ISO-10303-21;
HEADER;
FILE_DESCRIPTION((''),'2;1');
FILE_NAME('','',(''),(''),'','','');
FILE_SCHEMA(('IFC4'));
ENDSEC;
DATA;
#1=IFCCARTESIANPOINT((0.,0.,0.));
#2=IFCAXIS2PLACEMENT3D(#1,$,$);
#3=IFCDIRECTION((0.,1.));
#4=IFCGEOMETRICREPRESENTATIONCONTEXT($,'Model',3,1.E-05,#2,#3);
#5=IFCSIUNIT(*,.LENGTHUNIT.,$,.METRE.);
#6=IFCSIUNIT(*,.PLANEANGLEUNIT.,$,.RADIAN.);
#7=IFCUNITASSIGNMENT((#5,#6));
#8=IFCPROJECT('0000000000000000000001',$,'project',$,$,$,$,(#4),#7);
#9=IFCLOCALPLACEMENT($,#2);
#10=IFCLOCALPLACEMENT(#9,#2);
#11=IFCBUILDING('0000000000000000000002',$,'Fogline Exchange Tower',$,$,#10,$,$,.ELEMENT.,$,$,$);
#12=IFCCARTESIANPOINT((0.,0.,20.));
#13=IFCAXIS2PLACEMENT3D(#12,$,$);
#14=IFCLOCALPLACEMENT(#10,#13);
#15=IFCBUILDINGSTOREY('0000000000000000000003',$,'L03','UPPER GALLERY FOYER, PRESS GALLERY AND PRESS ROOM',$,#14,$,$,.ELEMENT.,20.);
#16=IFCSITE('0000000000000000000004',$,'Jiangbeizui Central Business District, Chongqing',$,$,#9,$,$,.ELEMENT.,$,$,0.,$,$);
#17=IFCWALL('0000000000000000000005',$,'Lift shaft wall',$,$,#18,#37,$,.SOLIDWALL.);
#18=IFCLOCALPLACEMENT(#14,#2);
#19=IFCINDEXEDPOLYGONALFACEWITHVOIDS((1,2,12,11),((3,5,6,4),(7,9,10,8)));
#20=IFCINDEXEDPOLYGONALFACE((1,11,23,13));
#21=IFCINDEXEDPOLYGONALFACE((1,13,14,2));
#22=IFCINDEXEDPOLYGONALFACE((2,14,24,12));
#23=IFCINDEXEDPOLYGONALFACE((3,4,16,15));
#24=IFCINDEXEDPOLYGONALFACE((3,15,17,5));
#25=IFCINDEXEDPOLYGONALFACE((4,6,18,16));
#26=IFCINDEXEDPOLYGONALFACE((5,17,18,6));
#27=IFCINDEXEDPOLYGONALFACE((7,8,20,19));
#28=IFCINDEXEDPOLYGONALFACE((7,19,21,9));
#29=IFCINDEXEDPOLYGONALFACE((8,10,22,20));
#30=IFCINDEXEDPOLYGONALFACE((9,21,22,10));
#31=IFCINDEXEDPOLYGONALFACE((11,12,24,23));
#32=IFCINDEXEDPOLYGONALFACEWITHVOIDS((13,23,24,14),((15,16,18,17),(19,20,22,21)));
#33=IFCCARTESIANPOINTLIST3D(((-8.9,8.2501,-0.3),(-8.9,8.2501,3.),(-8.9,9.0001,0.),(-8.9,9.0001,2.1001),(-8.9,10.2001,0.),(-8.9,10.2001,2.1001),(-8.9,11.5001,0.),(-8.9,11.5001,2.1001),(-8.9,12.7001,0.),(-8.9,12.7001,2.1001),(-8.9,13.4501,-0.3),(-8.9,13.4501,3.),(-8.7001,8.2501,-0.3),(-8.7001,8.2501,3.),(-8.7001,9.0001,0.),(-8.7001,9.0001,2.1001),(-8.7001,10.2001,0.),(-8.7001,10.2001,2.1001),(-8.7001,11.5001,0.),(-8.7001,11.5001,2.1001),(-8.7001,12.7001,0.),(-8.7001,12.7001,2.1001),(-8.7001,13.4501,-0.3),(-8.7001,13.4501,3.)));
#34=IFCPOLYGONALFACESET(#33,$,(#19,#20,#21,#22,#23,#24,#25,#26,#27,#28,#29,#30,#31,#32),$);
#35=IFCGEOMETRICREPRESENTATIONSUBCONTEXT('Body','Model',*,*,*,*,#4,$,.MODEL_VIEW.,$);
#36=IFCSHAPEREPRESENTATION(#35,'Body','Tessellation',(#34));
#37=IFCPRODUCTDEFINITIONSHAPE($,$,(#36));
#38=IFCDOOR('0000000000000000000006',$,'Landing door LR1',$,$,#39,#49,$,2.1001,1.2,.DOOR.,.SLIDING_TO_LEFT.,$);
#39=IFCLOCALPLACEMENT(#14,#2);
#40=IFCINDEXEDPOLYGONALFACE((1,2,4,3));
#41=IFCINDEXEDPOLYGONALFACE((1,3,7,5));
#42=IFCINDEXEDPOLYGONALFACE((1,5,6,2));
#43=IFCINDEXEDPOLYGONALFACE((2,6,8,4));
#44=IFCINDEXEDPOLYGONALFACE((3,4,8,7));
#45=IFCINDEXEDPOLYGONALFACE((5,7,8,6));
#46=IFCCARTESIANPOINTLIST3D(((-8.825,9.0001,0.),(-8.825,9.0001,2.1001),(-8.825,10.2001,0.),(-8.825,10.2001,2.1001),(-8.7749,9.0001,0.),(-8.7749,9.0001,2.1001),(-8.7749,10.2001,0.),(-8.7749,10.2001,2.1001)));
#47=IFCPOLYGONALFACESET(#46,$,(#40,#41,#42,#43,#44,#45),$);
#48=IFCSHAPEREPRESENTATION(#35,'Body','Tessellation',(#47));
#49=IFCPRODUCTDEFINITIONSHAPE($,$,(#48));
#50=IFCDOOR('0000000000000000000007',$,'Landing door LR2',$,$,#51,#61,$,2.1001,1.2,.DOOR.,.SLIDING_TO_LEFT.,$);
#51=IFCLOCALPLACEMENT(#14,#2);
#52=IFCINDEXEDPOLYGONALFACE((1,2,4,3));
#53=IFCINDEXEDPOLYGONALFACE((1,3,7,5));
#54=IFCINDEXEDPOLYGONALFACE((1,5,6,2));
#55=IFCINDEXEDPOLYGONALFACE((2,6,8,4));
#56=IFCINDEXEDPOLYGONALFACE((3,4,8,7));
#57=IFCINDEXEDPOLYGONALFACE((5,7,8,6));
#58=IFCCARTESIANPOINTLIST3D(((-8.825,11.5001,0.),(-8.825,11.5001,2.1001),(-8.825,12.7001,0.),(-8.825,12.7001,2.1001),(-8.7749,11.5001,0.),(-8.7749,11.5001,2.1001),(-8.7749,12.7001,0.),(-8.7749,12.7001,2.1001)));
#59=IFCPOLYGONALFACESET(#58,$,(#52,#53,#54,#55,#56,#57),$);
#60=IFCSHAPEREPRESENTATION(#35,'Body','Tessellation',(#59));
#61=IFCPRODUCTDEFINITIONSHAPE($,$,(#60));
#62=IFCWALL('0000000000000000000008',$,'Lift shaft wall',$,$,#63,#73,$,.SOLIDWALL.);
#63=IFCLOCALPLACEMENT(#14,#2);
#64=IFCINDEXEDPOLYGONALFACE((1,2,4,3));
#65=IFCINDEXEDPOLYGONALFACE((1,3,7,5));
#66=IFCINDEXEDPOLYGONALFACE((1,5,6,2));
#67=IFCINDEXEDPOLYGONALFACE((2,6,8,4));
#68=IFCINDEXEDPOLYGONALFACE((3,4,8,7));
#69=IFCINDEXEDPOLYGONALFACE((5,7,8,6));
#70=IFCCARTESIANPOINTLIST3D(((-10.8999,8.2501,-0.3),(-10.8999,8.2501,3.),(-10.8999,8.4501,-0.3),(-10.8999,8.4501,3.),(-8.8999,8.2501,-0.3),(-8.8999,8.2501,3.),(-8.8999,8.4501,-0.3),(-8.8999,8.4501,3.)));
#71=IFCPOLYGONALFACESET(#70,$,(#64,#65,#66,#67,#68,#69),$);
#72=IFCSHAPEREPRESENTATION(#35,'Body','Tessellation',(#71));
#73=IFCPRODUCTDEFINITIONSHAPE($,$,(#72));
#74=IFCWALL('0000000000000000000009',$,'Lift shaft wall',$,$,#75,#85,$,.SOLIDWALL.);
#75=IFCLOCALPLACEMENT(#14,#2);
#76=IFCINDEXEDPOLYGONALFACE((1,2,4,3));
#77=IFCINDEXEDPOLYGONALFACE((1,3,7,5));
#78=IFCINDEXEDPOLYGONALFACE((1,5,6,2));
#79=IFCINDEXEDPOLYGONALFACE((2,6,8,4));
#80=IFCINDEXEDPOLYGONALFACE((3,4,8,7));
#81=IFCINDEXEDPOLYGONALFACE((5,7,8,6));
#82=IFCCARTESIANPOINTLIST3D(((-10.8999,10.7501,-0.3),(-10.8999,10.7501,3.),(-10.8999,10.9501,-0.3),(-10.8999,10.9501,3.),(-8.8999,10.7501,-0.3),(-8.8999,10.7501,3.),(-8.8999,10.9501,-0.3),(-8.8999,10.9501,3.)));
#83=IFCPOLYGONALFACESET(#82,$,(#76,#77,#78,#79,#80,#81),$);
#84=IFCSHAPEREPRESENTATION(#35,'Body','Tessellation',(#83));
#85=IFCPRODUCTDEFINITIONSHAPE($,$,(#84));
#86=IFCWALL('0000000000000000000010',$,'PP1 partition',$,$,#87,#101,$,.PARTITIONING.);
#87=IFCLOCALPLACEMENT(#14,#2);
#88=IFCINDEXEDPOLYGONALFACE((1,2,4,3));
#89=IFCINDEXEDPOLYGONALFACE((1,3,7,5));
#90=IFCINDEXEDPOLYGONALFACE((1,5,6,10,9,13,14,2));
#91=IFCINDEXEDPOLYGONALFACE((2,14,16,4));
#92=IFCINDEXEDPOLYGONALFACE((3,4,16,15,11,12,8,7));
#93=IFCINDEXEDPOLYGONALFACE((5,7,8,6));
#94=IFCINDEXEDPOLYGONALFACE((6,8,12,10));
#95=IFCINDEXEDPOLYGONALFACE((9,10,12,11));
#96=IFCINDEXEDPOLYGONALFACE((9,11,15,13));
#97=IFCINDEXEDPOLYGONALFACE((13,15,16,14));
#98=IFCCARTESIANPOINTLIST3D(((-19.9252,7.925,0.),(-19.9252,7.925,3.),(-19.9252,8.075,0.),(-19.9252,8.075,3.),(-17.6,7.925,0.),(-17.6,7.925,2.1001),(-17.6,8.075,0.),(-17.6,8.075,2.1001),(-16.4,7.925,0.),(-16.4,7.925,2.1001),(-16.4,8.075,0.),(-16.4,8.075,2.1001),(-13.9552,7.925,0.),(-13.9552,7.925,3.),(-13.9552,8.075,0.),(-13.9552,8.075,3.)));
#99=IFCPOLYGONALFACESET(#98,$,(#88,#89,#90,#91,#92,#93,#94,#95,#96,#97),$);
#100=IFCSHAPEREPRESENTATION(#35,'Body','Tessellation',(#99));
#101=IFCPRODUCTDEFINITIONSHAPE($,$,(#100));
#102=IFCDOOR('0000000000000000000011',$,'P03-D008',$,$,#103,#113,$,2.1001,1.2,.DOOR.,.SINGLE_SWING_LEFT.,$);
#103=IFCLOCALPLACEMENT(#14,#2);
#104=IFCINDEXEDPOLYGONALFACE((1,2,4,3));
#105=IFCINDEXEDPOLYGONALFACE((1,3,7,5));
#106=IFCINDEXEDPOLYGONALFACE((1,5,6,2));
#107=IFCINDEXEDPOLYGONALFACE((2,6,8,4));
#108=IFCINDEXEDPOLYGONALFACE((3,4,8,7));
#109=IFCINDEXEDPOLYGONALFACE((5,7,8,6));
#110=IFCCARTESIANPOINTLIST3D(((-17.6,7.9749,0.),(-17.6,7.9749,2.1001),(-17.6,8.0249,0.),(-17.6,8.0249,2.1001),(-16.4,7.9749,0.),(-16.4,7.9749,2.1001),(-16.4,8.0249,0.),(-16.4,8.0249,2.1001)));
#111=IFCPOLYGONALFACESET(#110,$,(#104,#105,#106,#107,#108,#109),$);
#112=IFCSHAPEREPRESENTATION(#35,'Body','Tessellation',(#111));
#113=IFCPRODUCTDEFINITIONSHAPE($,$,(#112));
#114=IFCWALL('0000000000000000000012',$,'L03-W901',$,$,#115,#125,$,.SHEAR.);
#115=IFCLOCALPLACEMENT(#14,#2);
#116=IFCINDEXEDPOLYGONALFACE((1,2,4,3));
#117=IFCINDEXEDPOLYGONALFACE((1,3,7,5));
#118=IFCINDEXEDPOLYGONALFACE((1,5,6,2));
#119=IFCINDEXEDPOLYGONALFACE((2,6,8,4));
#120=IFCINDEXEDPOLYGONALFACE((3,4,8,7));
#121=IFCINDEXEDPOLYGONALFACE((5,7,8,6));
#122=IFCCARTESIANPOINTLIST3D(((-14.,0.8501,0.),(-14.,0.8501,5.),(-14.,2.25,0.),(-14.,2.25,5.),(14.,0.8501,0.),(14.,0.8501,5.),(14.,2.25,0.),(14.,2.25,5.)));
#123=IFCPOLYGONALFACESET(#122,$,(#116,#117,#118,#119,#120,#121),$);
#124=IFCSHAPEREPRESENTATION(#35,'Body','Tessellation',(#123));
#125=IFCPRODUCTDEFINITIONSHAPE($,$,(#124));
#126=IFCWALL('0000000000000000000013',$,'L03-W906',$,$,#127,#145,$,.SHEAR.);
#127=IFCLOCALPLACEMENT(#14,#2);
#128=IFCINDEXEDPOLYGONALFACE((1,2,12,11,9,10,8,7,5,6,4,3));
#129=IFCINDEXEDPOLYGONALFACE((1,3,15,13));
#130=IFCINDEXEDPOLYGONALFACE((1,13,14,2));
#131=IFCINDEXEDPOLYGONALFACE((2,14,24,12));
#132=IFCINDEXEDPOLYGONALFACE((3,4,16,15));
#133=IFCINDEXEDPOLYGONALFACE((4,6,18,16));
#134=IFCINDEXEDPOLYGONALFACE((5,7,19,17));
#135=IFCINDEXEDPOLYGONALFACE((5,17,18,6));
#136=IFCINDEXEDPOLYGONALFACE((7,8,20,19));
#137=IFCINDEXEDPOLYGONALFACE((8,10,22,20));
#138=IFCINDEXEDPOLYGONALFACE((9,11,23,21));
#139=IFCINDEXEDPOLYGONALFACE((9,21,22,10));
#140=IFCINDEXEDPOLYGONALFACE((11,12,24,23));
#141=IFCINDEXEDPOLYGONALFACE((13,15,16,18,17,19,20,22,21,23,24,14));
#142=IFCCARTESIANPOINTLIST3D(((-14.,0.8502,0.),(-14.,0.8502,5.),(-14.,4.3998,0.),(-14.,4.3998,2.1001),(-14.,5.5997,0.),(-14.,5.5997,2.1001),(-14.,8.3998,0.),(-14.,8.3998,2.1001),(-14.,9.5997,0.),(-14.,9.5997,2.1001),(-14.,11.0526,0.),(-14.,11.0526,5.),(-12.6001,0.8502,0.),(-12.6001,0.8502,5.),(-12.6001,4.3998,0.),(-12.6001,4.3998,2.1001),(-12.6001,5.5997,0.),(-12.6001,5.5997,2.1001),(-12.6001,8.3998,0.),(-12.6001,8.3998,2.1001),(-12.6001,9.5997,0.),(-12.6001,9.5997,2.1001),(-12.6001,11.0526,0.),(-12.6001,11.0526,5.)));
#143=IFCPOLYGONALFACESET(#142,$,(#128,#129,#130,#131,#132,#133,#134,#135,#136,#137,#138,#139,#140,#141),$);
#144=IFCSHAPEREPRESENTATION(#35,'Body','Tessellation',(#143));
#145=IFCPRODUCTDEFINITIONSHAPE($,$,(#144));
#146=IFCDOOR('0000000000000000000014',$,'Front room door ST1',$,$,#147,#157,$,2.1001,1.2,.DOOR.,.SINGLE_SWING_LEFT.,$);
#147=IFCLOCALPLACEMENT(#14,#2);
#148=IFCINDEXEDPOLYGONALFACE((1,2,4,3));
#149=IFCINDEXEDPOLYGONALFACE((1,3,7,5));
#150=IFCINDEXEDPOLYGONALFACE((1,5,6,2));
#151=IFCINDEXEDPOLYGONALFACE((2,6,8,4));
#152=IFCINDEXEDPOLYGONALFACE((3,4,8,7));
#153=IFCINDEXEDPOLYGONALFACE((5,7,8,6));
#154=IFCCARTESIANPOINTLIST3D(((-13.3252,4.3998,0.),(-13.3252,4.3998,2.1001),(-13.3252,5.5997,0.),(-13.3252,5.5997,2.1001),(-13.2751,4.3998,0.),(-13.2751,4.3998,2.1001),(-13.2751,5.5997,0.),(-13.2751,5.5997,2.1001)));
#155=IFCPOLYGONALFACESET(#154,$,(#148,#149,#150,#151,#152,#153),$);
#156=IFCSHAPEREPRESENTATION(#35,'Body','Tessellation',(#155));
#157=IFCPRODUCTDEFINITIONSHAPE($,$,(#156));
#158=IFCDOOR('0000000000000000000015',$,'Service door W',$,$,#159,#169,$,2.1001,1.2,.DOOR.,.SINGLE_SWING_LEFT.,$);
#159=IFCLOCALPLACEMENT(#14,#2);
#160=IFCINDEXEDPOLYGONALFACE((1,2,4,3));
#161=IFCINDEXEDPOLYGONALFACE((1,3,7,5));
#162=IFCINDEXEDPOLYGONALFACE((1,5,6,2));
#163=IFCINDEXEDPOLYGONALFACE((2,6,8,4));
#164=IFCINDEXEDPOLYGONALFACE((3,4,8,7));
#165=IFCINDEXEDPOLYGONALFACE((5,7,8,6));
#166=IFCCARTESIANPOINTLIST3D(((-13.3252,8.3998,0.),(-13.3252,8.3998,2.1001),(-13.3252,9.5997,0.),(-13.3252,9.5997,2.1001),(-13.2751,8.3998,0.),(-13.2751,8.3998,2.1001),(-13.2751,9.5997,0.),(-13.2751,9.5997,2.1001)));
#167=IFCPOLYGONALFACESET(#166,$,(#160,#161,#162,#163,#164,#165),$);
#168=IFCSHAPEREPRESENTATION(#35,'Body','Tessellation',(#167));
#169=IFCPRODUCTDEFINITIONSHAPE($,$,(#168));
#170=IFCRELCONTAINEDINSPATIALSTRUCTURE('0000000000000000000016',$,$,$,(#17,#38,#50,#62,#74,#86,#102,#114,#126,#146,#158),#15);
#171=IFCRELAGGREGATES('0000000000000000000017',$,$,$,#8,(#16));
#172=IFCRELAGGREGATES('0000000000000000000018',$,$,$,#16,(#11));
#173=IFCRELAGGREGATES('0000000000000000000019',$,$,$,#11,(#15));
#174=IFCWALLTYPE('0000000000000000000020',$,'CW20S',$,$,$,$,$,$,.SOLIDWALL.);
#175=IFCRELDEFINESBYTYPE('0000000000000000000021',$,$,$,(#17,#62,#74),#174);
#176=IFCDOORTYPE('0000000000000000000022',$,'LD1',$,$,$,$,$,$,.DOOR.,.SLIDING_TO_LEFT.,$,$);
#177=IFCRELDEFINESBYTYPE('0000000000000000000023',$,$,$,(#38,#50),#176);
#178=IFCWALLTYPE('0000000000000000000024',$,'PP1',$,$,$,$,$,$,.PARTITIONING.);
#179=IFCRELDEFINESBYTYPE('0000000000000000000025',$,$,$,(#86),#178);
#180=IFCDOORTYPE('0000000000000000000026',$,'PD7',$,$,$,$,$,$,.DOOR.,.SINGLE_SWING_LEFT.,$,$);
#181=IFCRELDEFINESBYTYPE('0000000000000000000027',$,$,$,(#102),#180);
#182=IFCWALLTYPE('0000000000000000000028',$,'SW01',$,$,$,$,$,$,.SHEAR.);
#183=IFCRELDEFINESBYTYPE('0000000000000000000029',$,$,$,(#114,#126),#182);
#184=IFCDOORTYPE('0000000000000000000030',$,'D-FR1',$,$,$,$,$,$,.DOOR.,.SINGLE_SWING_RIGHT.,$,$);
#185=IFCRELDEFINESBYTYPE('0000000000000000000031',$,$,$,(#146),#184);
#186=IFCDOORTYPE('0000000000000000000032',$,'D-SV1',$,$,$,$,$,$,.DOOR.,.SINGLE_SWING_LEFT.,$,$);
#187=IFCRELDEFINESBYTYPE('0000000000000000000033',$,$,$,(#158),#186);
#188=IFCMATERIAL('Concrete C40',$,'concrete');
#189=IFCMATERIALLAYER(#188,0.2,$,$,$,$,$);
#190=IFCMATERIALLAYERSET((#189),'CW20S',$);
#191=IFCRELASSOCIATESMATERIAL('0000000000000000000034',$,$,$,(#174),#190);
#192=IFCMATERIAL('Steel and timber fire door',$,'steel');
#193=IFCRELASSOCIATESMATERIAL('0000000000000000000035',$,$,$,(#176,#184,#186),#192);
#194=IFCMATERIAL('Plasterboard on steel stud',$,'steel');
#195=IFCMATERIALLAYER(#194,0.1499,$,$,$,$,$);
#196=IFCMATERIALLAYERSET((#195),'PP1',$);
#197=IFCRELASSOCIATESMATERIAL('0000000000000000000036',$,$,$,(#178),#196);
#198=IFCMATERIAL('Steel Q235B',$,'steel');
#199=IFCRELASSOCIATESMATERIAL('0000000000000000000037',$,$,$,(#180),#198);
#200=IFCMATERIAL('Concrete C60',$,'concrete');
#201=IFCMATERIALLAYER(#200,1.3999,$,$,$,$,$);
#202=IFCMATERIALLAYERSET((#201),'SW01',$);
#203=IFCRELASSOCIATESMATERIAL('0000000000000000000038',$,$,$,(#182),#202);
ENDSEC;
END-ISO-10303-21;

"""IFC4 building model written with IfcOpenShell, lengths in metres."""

from ifc_helpers import new_model, si_unit, direction, frame, frame_2d, origin, place, context, subcontext, project, spatial, rectangle, extrude, material, layer, layer_set, type_object, element, fill, save


model = new_model("IFC4")

# Units and contexts
model_context = context("Model", 3, precision=1e-05, world=origin(), true_north=direction((0.0, 1.0)))
body_context = subcontext(model_context, "Body", "Model", "MODEL_VIEW")
ifc_project = project(units=[si_unit("LENGTHUNIT", "METRE"), si_unit("PLANEANGLEUNIT", "RADIAN")], contexts=[model_context])

# Site, building, storey
site_placement = place(None, origin())
site = spatial("IfcSite", under=ifc_project, at=site_placement, Name="Jiangbeizui Central Business District, Chongqing", CompositionType="ELEMENT", RefElevation=0.0)
building_placement = place(site_placement, origin())
building = spatial("IfcBuilding", under=site, at=building_placement, Name="Fogline Exchange Tower", CompositionType="ELEMENT")
storey_placement = place(building_placement, frame((0.0, 0.0, 20.0)))
storey = spatial("IfcBuildingStorey", under=building, at=storey_placement, Name="L03", Description="UPPER GALLERY FOYER, PRESS GALLERY AND PRESS ROOM", CompositionType="ELEMENT", Elevation=20.0)

# Shared definitions
ifc_material_1 = material(Name="Steel and timber fire door", Category="steel")

# Shared definitions
ifc_material_2 = material(Name="Concrete C40", Category="concrete")

# Wall, openings, doors
ifc_layer_1 = layer(ifc_material_2, 0.2)
ifc_layer_set_1 = layer_set([ifc_layer_1], Name="CW20S")
wall_type_1 = type_object("IfcWallType", Name="CW20S", PredefinedType="SOLIDWALL", material=ifc_layer_set_1)
wall_1_placement = place(storey_placement, frame((-8.8, 8.25, -0.3), z_axis=(0.0, 0.0, 1.0), x_axis=(0.0, 1.0, 0.0)))
wall_1 = element("IfcWall", 1, at=wall_1_placement, inside=storey, type_object=wall_type_1, Name="Lift shaft wall", PredefinedType="SOLIDWALL", context=body_context, shape_type="SweptSolid", body=[
    extrude(rectangle(XDim=5.2, YDim=0.2, at=frame_2d((2.6001, 0.0))), origin(), (0.0, 0.0, 1.0), 3.3),
])
opening_1_placement = place(wall_1_placement, frame((0.75, 0.0, 0.3)))
opening_1 = element("IfcOpeningElement", 2, at=opening_1_placement, cuts=wall_1, PredefinedType="OPENING", context=body_context, shape_type="SweptSolid", body=[
    extrude(rectangle(XDim=1.2, YDim=2.1001, at=frame_2d((0.6001, 1.05))), frame((0.0, 0.1099, 0.0), z_axis=(0.0, -1.0, 0.0), x_axis=(1.0, 0.0, 0.0)), (0.0, 0.0, 1.0), 0.22),
])
opening_2_placement = place(wall_1_placement, frame((3.25, 0.0, 0.3)))
opening_2 = element("IfcOpeningElement", 3, at=opening_2_placement, cuts=wall_1, PredefinedType="OPENING", context=body_context, shape_type="SweptSolid", body=[
    extrude(rectangle(XDim=1.2, YDim=2.1001, at=frame_2d((0.6001, 1.05))), frame((0.0, 0.1099, 0.0), z_axis=(0.0, -1.0, 0.0), x_axis=(1.0, 0.0, 0.0)), (0.0, 0.0, 1.0), 0.22),
])
door_type_1 = type_object("IfcDoorType", Name="LD1", OperationType="SLIDING_TO_LEFT", PredefinedType="DOOR", material=ifc_material_1)
door_1_placement = place(opening_1_placement, origin())
door_1 = element("IfcDoor", 4, at=door_1_placement, inside=storey, type_object=door_type_1, Name="Landing door LR1", OperationType="SLIDING_TO_LEFT", OverallHeight=2.1001, OverallWidth=1.2, PredefinedType="DOOR", context=body_context, shape_type="SweptSolid", body=[
    extrude(rectangle(XDim=1.2, YDim=2.1001, at=frame_2d((0.6001, 1.05))), frame((0.0, 0.0249, 0.0), z_axis=(0.0, -1.0, 0.0), x_axis=(1.0, 0.0, 0.0)), (0.0, 0.0, 1.0), 0.05),
])
fill(opening_1, door_1)
door_2_placement = place(opening_2_placement, origin())
door_2 = element("IfcDoor", 5, at=door_2_placement, inside=storey, type_object=door_type_1, Name="Landing door LR2", OperationType="SLIDING_TO_LEFT", OverallHeight=2.1001, OverallWidth=1.2, PredefinedType="DOOR", context=body_context, shape_type="SweptSolid", body=[
    extrude(rectangle(XDim=1.2, YDim=2.1001, at=frame_2d((0.6001, 1.05))), frame((0.0, 0.0249, 0.0), z_axis=(0.0, -1.0, 0.0), x_axis=(1.0, 0.0, 0.0)), (0.0, 0.0, 1.0), 0.05),
])
fill(opening_2, door_2)

# Walls
for number, where, z_axis, x_axis, name in (
    (6, (-10.8999, 8.3501, -0.3), (0.0, 0.0, 1.0), (1.0, 0.0, 0.0), "Lift shaft wall"),
    (7, (-10.8999, 10.8501, -0.3), (0.0, 0.0, 1.0), (1.0, 0.0, 0.0), "Lift shaft wall"),
):
    element("IfcWall", number, at=place(storey_placement, frame(where, z_axis=z_axis, x_axis=x_axis)), inside=storey, type_object=wall_type_1, Name=name, PredefinedType="SOLIDWALL", context=body_context, shape_type="SweptSolid", body=[
        extrude(rectangle(XDim=2.0, YDim=0.2, at=frame_2d((1.0, 0.0))), origin(), (0.0, 0.0, 1.0), 3.3),
    ])

# Wall, opening, door
ifc_material_3 = material(Name="Plasterboard on steel stud", Category="steel")
ifc_layer_2 = layer(ifc_material_3, 0.1499)
ifc_layer_set_2 = layer_set([ifc_layer_2], Name="PP1")
wall_type_2 = type_object("IfcWallType", Name="PP1", PredefinedType="PARTITIONING", material=ifc_layer_set_2)
wall_2_placement = place(storey_placement, frame((-19.925, 8.0, 0.0), z_axis=(0.0, 0.0, 1.0), x_axis=(1.0, 0.0, 0.0)))
wall_2 = element("IfcWall", 8, at=wall_2_placement, inside=storey, type_object=wall_type_2, Name="PP1 partition", PredefinedType="PARTITIONING", context=body_context, shape_type="SweptSolid", body=[
    extrude(rectangle(XDim=5.97, YDim=0.1499, at=frame_2d((2.9849, 0.0))), origin(), (0.0, 0.0, 1.0), 3.0),
])
opening_3_placement = place(wall_2_placement, frame((2.325, 0.0, 0.0)))
opening_3 = element("IfcOpeningElement", 9, at=opening_3_placement, cuts=wall_2, PredefinedType="OPENING", context=body_context, shape_type="SweptSolid", body=[
    extrude(rectangle(XDim=1.2, YDim=2.1001, at=frame_2d((0.6001, 1.05))), frame((0.0, 0.085, 0.0), z_axis=(0.0, -1.0, 0.0), x_axis=(1.0, 0.0, 0.0)), (0.0, 0.0, 1.0), 0.1699),
])
ifc_material_4 = material(Name="Steel Q235B", Category="steel")
door_type_2 = type_object("IfcDoorType", Name="PD7", OperationType="SINGLE_SWING_LEFT", PredefinedType="DOOR", material=ifc_material_4)
door_3_placement = place(opening_3_placement, origin())
door_3 = element("IfcDoor", 10, at=door_3_placement, inside=storey, type_object=door_type_2, Name="P03-D008", OperationType="SINGLE_SWING_LEFT", OverallHeight=2.1001, OverallWidth=1.2, PredefinedType="DOOR", context=body_context, shape_type="SweptSolid", body=[
    extrude(rectangle(XDim=1.2, YDim=2.1001, at=frame_2d((0.6001, 1.05))), frame((0.0, 0.0249, 0.0), z_axis=(0.0, -1.0, 0.0), x_axis=(1.0, 0.0, 0.0)), (0.0, 0.0, 1.0), 0.05),
])
fill(opening_3, door_3)

# Wall
ifc_material_5 = material(Name="Concrete C60", Category="concrete")
ifc_layer_3 = layer(ifc_material_5, 1.3999)
ifc_layer_set_3 = layer_set([ifc_layer_3], Name="SW01")
wall_type_3 = type_object("IfcWallType", Name="SW01", PredefinedType="SHEAR", material=ifc_layer_set_3)
wall_3_placement = place(storey_placement, frame((-14.0, 1.55, 0.0), z_axis=(0.0, 0.0, 1.0), x_axis=(1.0, 0.0, 0.0)))
element("IfcWall", 11, at=wall_3_placement, inside=storey, type_object=wall_type_3, Name="L03-W901", PredefinedType="SHEAR", context=body_context, shape_type="SweptSolid", body=[
    extrude(rectangle(XDim=28.0, YDim=1.3999, at=frame_2d((14.0, 0.0))), origin(), (0.0, 0.0, 1.0), 5.0),
])

# Wall, openings, doors
wall_4_placement = place(storey_placement, frame((-13.3, 11.0525, 0.0), z_axis=(0.0, 0.0, 1.0), x_axis=(0.0, -1.0, 0.0)))
wall_4 = element("IfcWall", 12, at=wall_4_placement, inside=storey, type_object=wall_type_3, Name="L03-W906", PredefinedType="SHEAR", context=body_context, shape_type="SweptSolid", body=[
    extrude(rectangle(XDim=10.2024, YDim=1.3999, at=frame_2d((5.1011, 0.0))), origin(), (0.0, 0.0, 1.0), 5.0),
])
opening_4_placement = place(wall_4_placement, frame((5.4526, 0.0, 0.0)))
opening_4 = element("IfcOpeningElement", 13, at=opening_4_placement, cuts=wall_4, PredefinedType="OPENING", context=body_context, shape_type="SweptSolid", body=[
    extrude(rectangle(XDim=1.2, YDim=2.1001, at=frame_2d((0.6001, 1.05))), frame((0.0, 0.71, 0.0), z_axis=(0.0, -1.0, 0.0), x_axis=(1.0, 0.0, 0.0)), (0.0, 0.0, 1.0), 1.4199),
])
opening_5_placement = place(wall_4_placement, frame((1.4526, 0.0, 0.0)))
opening_5 = element("IfcOpeningElement", 14, at=opening_5_placement, cuts=wall_4, PredefinedType="OPENING", context=body_context, shape_type="SweptSolid", body=[
    extrude(rectangle(XDim=1.2, YDim=2.1001, at=frame_2d((0.6001, 1.05))), frame((0.0, 0.71, 0.0), z_axis=(0.0, -1.0, 0.0), x_axis=(1.0, 0.0, 0.0)), (0.0, 0.0, 1.0), 1.4199),
])
door_type_3 = type_object("IfcDoorType", Name="D-FR1", OperationType="SINGLE_SWING_RIGHT", PredefinedType="DOOR", material=ifc_material_1)
door_4_placement = place(opening_4_placement, origin())
door_4 = element("IfcDoor", 15, at=door_4_placement, inside=storey, type_object=door_type_3, Name="Front room door ST1", OperationType="SINGLE_SWING_LEFT", OverallHeight=2.1001, OverallWidth=1.2, PredefinedType="DOOR", context=body_context, shape_type="SweptSolid", body=[
    extrude(rectangle(XDim=1.2, YDim=2.1001, at=frame_2d((0.6001, 1.05))), frame((0.0, 0.0249, 0.0), z_axis=(0.0, -1.0, 0.0), x_axis=(1.0, 0.0, 0.0)), (0.0, 0.0, 1.0), 0.05),
])
fill(opening_4, door_4)
door_type_4 = type_object("IfcDoorType", Name="D-SV1", OperationType="SINGLE_SWING_LEFT", PredefinedType="DOOR", material=ifc_material_1)
door_5_placement = place(opening_5_placement, origin())
door_5 = element("IfcDoor", 16, at=door_5_placement, inside=storey, type_object=door_type_4, Name="Service door W", OperationType="SINGLE_SWING_LEFT", OverallHeight=2.1001, OverallWidth=1.2, PredefinedType="DOOR", context=body_context, shape_type="SweptSolid", body=[
    extrude(rectangle(XDim=1.2, YDim=2.1001, at=frame_2d((0.6001, 1.05))), frame((0.0, 0.0249, 0.0), z_axis=(0.0, -1.0, 0.0), x_axis=(1.0, 0.0, 0.0)), (0.0, 0.0, 1.0), 0.05),
])
fill(opening_5, door_5)

save(model, "model.ifc")
